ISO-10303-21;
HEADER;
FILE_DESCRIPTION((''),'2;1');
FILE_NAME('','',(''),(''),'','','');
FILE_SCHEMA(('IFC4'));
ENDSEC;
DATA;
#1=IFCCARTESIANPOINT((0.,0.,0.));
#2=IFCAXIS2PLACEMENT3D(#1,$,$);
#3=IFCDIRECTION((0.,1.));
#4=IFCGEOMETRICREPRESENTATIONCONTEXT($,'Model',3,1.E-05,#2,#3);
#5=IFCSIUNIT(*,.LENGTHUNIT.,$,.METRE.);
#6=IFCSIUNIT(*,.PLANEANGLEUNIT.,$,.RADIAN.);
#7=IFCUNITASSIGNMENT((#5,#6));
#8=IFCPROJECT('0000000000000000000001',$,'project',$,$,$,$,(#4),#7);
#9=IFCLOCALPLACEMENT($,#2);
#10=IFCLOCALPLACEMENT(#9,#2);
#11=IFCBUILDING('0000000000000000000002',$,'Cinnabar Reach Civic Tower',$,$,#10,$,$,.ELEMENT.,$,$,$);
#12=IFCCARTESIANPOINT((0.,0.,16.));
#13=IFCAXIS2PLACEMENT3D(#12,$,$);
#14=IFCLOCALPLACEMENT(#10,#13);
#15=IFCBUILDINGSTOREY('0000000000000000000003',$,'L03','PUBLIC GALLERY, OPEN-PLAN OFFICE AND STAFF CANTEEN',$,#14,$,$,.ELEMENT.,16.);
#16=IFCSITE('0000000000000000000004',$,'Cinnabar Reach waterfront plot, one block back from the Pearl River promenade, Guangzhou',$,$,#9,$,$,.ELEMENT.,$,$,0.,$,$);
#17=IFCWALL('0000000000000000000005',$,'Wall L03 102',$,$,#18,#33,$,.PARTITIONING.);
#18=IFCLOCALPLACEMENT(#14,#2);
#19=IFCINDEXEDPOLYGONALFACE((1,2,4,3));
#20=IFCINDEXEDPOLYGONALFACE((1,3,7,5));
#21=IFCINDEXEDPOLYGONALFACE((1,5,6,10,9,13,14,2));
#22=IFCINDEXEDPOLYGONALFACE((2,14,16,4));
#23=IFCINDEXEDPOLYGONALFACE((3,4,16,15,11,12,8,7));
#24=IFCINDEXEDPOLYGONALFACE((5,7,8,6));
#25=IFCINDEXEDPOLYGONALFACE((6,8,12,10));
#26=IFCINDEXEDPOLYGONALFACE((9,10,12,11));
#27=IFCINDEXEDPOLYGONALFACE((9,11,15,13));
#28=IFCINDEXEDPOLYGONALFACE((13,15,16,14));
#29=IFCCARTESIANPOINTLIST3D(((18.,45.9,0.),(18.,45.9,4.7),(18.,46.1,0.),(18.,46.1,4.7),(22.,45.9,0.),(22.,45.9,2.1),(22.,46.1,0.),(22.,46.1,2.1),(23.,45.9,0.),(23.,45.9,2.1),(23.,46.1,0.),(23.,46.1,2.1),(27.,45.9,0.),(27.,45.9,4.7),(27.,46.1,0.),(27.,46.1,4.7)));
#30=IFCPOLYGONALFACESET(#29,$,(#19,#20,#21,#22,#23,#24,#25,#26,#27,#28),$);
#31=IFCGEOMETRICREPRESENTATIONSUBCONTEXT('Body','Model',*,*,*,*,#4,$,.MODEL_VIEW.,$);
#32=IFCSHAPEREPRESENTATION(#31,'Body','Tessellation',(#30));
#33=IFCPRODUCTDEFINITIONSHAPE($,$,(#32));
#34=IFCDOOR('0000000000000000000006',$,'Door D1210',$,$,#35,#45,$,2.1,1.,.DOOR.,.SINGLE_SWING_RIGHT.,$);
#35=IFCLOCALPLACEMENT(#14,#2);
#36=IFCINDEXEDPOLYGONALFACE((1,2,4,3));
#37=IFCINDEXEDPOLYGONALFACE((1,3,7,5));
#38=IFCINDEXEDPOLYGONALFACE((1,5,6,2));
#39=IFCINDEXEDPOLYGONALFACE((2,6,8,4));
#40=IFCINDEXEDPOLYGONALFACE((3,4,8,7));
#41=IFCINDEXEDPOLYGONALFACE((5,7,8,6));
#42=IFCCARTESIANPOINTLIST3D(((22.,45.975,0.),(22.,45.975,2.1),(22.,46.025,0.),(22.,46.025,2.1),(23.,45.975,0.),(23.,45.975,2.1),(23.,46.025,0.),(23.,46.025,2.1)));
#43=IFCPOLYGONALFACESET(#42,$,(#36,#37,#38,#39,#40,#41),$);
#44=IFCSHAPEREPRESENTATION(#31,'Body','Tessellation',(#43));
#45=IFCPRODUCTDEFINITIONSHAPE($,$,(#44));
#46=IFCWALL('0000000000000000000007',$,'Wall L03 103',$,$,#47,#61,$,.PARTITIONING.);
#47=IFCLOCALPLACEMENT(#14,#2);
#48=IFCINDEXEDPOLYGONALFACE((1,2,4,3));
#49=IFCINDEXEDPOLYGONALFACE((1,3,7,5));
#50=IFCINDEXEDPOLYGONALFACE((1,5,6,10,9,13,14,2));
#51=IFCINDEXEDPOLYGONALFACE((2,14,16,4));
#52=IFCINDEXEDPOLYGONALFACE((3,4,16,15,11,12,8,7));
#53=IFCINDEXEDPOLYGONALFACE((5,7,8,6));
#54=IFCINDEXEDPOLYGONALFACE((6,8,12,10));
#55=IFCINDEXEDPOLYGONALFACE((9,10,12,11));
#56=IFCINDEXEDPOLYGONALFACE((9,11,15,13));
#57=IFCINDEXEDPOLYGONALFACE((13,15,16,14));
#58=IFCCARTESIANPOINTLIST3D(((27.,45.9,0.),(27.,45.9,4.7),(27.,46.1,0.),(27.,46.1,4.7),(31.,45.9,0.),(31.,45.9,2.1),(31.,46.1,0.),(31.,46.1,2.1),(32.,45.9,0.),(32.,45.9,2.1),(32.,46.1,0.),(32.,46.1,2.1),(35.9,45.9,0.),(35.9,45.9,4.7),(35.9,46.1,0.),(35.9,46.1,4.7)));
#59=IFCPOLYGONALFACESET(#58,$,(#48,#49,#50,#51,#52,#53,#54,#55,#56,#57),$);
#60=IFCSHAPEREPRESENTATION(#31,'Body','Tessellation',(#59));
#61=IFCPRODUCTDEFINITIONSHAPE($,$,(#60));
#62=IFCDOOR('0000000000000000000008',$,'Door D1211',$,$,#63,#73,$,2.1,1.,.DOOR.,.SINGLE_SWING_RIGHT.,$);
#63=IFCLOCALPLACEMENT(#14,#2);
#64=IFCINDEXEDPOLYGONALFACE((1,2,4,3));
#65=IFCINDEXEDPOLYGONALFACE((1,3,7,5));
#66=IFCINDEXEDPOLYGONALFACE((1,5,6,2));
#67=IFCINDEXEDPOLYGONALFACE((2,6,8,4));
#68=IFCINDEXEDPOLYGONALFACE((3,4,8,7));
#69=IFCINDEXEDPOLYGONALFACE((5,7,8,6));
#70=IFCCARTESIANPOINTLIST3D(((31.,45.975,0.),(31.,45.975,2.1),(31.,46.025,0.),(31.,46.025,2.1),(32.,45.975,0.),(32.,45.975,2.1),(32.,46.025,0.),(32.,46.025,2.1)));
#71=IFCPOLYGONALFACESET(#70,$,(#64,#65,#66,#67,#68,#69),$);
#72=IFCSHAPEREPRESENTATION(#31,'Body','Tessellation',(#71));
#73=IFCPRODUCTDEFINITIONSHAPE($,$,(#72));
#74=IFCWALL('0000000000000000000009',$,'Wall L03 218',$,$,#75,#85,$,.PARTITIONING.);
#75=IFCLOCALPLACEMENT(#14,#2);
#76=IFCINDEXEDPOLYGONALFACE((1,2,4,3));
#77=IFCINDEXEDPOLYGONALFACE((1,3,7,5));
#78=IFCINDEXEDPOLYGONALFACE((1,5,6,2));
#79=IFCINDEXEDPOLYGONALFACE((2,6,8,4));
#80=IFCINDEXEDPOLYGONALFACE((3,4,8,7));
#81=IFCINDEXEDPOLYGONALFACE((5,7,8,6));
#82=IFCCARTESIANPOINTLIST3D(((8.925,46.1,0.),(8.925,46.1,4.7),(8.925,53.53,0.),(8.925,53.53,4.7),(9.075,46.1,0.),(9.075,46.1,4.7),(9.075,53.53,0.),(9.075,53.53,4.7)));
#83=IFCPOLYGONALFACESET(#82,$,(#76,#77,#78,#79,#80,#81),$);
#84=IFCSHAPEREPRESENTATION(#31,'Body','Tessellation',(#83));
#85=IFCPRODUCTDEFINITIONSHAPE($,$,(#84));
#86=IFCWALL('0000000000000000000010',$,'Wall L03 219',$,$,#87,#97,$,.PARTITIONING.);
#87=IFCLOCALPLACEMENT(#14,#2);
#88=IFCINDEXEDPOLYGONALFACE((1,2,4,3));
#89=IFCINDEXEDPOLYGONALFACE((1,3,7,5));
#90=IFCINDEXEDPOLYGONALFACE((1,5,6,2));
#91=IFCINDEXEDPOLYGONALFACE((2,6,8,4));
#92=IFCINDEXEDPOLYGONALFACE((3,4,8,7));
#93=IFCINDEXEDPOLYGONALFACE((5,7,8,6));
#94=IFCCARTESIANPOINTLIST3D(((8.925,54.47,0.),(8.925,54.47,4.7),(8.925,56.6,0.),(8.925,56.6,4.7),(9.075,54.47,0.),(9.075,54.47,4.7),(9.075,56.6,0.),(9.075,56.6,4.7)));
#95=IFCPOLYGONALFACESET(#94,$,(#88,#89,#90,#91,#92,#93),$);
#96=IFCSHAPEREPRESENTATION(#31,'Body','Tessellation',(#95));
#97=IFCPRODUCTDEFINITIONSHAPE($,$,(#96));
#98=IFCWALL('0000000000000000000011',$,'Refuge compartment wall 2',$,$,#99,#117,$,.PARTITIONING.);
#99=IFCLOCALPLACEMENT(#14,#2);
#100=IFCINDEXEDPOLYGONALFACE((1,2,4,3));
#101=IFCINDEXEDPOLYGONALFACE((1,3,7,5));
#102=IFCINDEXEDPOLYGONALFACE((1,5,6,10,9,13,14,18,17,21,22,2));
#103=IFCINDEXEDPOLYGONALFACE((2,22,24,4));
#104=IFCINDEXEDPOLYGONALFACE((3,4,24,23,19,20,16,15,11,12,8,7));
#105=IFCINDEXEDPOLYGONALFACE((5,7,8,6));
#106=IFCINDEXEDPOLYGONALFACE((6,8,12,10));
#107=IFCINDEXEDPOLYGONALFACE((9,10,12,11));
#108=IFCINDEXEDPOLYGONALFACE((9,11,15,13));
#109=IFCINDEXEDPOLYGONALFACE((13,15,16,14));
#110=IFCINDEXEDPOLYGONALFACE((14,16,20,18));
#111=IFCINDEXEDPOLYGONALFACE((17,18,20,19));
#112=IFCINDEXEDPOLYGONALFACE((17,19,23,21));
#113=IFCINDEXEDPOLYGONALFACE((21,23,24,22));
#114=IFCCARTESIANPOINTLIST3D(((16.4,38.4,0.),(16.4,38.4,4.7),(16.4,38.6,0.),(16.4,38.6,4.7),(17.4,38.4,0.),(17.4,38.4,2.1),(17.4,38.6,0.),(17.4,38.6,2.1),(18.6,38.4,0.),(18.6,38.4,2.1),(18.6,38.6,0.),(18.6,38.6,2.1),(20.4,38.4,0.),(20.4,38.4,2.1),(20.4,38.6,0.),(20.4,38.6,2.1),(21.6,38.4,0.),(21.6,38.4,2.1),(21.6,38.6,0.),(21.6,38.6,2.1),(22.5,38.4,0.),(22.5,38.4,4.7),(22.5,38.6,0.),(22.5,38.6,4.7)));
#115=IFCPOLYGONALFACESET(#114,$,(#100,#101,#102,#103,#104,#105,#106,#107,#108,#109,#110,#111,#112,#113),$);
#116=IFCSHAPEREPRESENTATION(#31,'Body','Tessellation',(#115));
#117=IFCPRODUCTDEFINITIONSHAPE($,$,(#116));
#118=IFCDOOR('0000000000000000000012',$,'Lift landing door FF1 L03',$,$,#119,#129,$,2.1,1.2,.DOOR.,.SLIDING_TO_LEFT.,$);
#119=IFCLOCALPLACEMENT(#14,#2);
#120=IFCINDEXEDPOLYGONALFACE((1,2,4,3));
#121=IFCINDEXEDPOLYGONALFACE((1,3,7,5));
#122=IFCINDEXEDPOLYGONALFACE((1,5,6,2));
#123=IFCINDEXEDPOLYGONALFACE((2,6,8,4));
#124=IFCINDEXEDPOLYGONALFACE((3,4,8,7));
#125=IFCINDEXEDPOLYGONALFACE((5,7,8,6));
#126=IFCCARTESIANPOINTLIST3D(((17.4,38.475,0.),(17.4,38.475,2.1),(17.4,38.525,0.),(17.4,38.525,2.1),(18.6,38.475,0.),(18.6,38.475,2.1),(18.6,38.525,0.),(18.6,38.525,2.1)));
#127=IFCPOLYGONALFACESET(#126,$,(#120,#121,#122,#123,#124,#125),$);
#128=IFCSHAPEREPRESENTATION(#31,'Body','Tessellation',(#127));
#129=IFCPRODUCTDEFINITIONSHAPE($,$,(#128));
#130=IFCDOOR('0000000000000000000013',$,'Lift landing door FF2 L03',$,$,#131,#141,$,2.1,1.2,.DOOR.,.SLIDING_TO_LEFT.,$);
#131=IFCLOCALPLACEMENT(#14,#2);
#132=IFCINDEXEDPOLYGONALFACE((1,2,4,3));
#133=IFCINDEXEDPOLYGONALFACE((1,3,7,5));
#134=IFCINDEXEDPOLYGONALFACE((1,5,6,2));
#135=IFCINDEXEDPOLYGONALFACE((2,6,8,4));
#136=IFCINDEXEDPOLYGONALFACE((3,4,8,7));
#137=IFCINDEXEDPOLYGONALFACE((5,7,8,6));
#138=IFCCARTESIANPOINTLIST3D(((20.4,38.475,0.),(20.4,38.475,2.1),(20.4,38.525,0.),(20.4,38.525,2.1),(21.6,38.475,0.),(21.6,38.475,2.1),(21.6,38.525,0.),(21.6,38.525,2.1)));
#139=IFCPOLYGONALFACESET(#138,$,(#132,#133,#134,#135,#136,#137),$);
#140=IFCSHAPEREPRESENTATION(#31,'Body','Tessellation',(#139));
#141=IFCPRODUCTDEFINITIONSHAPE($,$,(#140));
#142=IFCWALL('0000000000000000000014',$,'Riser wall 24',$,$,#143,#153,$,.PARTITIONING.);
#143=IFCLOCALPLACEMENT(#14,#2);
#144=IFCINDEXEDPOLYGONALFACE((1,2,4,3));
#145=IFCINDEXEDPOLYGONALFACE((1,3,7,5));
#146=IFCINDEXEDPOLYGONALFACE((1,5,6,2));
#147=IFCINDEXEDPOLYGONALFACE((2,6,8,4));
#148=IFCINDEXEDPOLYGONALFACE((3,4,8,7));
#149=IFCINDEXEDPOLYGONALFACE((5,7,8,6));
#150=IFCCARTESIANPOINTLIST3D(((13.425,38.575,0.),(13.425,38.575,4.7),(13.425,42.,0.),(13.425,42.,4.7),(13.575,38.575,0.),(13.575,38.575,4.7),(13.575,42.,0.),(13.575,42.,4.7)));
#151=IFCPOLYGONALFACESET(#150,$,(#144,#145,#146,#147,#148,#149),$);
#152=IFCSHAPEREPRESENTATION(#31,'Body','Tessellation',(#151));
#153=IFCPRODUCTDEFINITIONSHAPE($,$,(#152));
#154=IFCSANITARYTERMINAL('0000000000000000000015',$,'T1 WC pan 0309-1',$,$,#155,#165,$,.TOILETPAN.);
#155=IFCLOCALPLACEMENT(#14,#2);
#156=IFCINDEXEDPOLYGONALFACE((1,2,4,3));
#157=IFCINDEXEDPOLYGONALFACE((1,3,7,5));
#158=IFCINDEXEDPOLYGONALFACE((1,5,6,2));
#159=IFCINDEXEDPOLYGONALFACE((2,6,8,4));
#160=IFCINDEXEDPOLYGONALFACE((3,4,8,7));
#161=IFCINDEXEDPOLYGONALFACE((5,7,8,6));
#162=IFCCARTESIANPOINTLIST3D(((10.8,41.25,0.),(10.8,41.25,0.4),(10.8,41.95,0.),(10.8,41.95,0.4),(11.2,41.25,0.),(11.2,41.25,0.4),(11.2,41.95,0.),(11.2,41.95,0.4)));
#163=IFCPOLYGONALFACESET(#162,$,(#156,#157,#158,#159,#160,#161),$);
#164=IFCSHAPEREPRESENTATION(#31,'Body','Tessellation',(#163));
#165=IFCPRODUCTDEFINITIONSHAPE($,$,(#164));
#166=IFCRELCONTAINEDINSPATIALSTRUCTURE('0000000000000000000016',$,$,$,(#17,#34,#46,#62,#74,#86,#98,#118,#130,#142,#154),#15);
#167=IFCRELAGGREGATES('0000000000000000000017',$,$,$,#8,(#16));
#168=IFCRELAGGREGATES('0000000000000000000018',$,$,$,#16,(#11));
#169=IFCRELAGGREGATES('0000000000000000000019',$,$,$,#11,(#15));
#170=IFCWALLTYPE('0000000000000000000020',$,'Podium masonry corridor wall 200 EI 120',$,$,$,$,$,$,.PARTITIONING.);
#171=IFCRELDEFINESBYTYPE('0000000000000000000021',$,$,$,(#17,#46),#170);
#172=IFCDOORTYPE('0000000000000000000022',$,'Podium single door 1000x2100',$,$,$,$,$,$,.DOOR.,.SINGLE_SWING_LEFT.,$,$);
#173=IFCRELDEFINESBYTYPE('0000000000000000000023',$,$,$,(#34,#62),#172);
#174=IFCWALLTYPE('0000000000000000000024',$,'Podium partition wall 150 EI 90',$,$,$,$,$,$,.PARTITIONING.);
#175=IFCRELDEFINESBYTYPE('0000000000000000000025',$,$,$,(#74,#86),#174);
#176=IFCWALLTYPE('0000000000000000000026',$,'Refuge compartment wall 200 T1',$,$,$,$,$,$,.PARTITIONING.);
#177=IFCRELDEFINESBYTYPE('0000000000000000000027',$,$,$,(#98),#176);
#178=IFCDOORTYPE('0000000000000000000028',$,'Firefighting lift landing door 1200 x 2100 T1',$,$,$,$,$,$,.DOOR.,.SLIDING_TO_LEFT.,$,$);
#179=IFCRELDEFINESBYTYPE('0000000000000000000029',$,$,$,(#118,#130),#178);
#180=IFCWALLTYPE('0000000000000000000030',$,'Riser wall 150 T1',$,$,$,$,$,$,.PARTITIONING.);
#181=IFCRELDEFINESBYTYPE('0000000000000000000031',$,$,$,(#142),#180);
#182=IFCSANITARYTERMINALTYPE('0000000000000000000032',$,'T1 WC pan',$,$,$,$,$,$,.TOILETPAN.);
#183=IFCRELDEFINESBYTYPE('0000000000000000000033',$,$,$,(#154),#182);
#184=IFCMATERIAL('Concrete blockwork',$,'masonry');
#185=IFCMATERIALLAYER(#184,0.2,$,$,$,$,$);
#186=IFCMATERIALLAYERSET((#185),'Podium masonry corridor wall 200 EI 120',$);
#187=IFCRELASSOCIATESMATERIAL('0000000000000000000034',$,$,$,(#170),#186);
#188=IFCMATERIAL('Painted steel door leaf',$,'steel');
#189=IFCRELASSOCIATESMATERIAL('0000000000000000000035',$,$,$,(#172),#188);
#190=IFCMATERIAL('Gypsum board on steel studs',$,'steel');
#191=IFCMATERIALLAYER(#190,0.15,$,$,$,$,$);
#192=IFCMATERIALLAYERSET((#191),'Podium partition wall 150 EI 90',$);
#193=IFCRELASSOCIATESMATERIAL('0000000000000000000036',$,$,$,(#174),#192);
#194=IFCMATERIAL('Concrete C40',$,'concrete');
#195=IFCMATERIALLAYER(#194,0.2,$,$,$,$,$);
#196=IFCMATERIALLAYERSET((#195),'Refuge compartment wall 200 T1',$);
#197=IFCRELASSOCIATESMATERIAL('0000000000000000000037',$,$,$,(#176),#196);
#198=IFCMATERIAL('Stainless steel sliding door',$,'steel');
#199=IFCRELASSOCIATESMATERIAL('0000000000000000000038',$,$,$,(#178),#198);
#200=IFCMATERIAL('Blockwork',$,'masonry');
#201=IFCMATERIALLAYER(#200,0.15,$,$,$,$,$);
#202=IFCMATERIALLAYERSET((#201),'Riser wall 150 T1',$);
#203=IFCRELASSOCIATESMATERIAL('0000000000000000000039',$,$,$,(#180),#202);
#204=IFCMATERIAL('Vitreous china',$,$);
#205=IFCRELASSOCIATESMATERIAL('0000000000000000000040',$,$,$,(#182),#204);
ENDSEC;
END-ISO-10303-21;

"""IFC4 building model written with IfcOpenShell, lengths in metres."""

from ifc_helpers import new_model, si_unit, direction, frame, frame_2d, origin, origin_2d, place, context, subcontext, project, spatial, rectangle, extrude, material, layer, layer_set, type_object, element, fill, save


model = new_model("IFC4")

# Units and contexts
model_context = context("Model", 3, precision=1e-05, world=origin(), true_north=direction((0.0, 1.0)))
body_context = subcontext(model_context, "Body", "Model", "MODEL_VIEW")
ifc_project = project(units=[si_unit("LENGTHUNIT", "METRE"), si_unit("PLANEANGLEUNIT", "RADIAN")], contexts=[model_context])

# Site, building, storey
site_placement = place(None, origin())
site = spatial("IfcSite", under=ifc_project, at=site_placement, Name="Cinnabar Reach waterfront plot, one block back from the Pearl River promenade, Guangzhou", CompositionType="ELEMENT", RefElevation=0.0)
building_placement = place(site_placement, origin())
building = spatial("IfcBuilding", under=site, at=building_placement, Name="Cinnabar Reach Civic Tower", CompositionType="ELEMENT")
storey_placement = place(building_placement, frame((0.0, 0.0, 16.0)))
storey = spatial("IfcBuildingStorey", under=building, at=storey_placement, Name="L03", Description="PUBLIC GALLERY, OPEN-PLAN OFFICE AND STAFF CANTEEN", CompositionType="ELEMENT", Elevation=16.0)

# Shared definitions
ifc_material_1 = material(Name="Blockwork", Category="masonry")
ifc_material_2 = material(Name="Gypsum board on steel studs", Category="steel")
ifc_material_3 = material(Name="Concrete blockwork", Category="masonry")
ifc_layer_1 = layer(ifc_material_3, 0.2)
ifc_layer_set_1 = layer_set([ifc_layer_1], Name="Podium masonry corridor wall 200 EI 120")
wall_type_1 = type_object("IfcWallType", Name="Podium masonry corridor wall 200 EI 120", PredefinedType="PARTITIONING", material=ifc_layer_set_1)

# Walls, openings, doors
ifc_material_4 = material(Name="Painted steel door leaf", Category="steel")
door_type_1 = type_object("IfcDoorType", Name="Podium single door 1000x2100", OperationType="SINGLE_SWING_LEFT", PredefinedType="DOOR", material=ifc_material_4)
wall_1_placement = place(storey_placement, frame((18.0, 46.0, 0.0), z_axis=(0.0, 0.0, 1.0), x_axis=(1.0, 0.0, 0.0)))
wall_1 = element("IfcWall", 1, at=wall_1_placement, inside=storey, type_object=wall_type_1, Name="Wall L03 102", PredefinedType="PARTITIONING", context=body_context, shape_type="SweptSolid", body=[
    extrude(rectangle(XDim=9.0, YDim=0.2, at=frame_2d((4.5, 0.0))), origin(), (0.0, 0.0, 1.0), 4.7),
])
opening_1_placement = place(wall_1_placement, frame((4.0, 0.0, 0.0)))
opening_1 = element("IfcOpeningElement", 2, at=opening_1_placement, cuts=wall_1, PredefinedType="OPENING", context=body_context, shape_type="SweptSolid", body=[
    extrude(rectangle(XDim=1.0, YDim=2.1, at=frame_2d((0.5, 1.05))), frame((0.0, 0.11, 0.0), z_axis=(0.0, -1.0, 0.0), x_axis=(1.0, 0.0, 0.0)), (0.0, 0.0, 1.0), 0.22),
])
door_1_placement = place(opening_1_placement, frame((1.0, 0.0, 0.0), z_axis=(0.0, 0.0, 1.0), x_axis=(-1.0, 0.0, 0.0)))
door_1 = element("IfcDoor", 3, at=door_1_placement, inside=storey, type_object=door_type_1, Name="Door D1210", OperationType="SINGLE_SWING_RIGHT", OverallHeight=2.1, OverallWidth=1.0, PredefinedType="DOOR", context=body_context, shape_type="SweptSolid", body=[
    extrude(rectangle(XDim=1.0, YDim=2.1, at=frame_2d((0.5, 1.05))), frame((0.0, 0.025, 0.0), z_axis=(0.0, -1.0, 0.0), x_axis=(1.0, 0.0, 0.0)), (0.0, 0.0, 1.0), 0.05),
])
fill(opening_1, door_1)
wall_2_placement = place(storey_placement, frame((27.0, 46.0, 0.0), z_axis=(0.0, 0.0, 1.0), x_axis=(1.0, 0.0, 0.0)))
wall_2 = element("IfcWall", 4, at=wall_2_placement, inside=storey, type_object=wall_type_1, Name="Wall L03 103", PredefinedType="PARTITIONING", context=body_context, shape_type="SweptSolid", body=[
    extrude(rectangle(XDim=8.9, YDim=0.2, at=frame_2d((4.45, 0.0))), origin(), (0.0, 0.0, 1.0), 4.7),
])
opening_2_placement = place(wall_2_placement, frame((4.0, 0.0, 0.0)))
opening_2 = element("IfcOpeningElement", 5, at=opening_2_placement, cuts=wall_2, PredefinedType="OPENING", context=body_context, shape_type="SweptSolid", body=[
    extrude(rectangle(XDim=1.0, YDim=2.1, at=frame_2d((0.5, 1.05))), frame((0.0, 0.11, 0.0), z_axis=(0.0, -1.0, 0.0), x_axis=(1.0, 0.0, 0.0)), (0.0, 0.0, 1.0), 0.22),
])
door_2_placement = place(opening_2_placement, frame((1.0, 0.0, 0.0), z_axis=(0.0, 0.0, 1.0), x_axis=(-1.0, 0.0, 0.0)))
door_2 = element("IfcDoor", 6, at=door_2_placement, inside=storey, type_object=door_type_1, Name="Door D1211", OperationType="SINGLE_SWING_RIGHT", OverallHeight=2.1, OverallWidth=1.0, PredefinedType="DOOR", context=body_context, shape_type="SweptSolid", body=[
    extrude(rectangle(XDim=1.0, YDim=2.1, at=frame_2d((0.5, 1.05))), frame((0.0, 0.025, 0.0), z_axis=(0.0, -1.0, 0.0), x_axis=(1.0, 0.0, 0.0)), (0.0, 0.0, 1.0), 0.05),
])
fill(opening_2, door_2)

# Walls
ifc_layer_2 = layer(ifc_material_2, 0.15)
ifc_layer_set_2 = layer_set([ifc_layer_2], Name="Podium partition wall 150 EI 90")
wall_type_2 = type_object("IfcWallType", Name="Podium partition wall 150 EI 90", PredefinedType="PARTITIONING", material=ifc_layer_set_2)
wall_3_placement = place(storey_placement, frame((9.0, 46.1, 0.0), z_axis=(0.0, 0.0, 1.0), x_axis=(0.0, 1.0, 0.0)))
element("IfcWall", 7, at=wall_3_placement, inside=storey, type_object=wall_type_2, Name="Wall L03 218", PredefinedType="PARTITIONING", context=body_context, shape_type="SweptSolid", body=[
    extrude(rectangle(XDim=7.43, YDim=0.15, at=frame_2d((3.715, 0.0))), origin(), (0.0, 0.0, 1.0), 4.7),
])
wall_4_placement = place(storey_placement, frame((9.0, 54.47, 0.0), z_axis=(0.0, 0.0, 1.0), x_axis=(0.0, 1.0, 0.0)))
element("IfcWall", 8, at=wall_4_placement, inside=storey, type_object=wall_type_2, Name="Wall L03 219", PredefinedType="PARTITIONING", context=body_context, shape_type="SweptSolid", body=[
    extrude(rectangle(XDim=2.13, YDim=0.15, at=frame_2d((1.065, 0.0))), origin(), (0.0, 0.0, 1.0), 4.7),
])

# Wall, openings, doors
ifc_material_5 = material(Name="Concrete C40", Category="concrete")
ifc_layer_3 = layer(ifc_material_5, 0.2)
ifc_layer_set_3 = layer_set([ifc_layer_3], Name="Refuge compartment wall 200 T1")
wall_type_3 = type_object("IfcWallType", Name="Refuge compartment wall 200 T1", PredefinedType="PARTITIONING", material=ifc_layer_set_3)
wall_5_placement = place(storey_placement, frame((16.4, 38.5, 0.0), z_axis=(0.0, 0.0, 1.0), x_axis=(1.0, 0.0, 0.0)))
wall_5 = element("IfcWall", 9, at=wall_5_placement, inside=storey, type_object=wall_type_3, Name="Refuge compartment wall 2", PredefinedType="PARTITIONING", context=body_context, shape_type="SweptSolid", body=[
    extrude(rectangle(XDim=6.1, YDim=0.2, at=frame_2d((3.05, 0.0))), origin(), (0.0, 0.0, 1.0), 4.7),
])
opening_3_placement = place(wall_5_placement, frame((1.0, 0.0, 0.0)))
opening_3 = element("IfcOpeningElement", 10, at=opening_3_placement, cuts=wall_5, PredefinedType="OPENING", context=body_context, shape_type="SweptSolid", body=[
    extrude(rectangle(XDim=1.2, YDim=2.1, at=frame_2d((0.6, 1.05))), frame((0.0, 0.11, 0.0), z_axis=(0.0, -1.0, 0.0), x_axis=(1.0, 0.0, 0.0)), (0.0, 0.0, 1.0), 0.22),
])
opening_4_placement = place(wall_5_placement, frame((4.0, 0.0, 0.0)))
opening_4 = element("IfcOpeningElement", 11, at=opening_4_placement, cuts=wall_5, PredefinedType="OPENING", context=body_context, shape_type="SweptSolid", body=[
    extrude(rectangle(XDim=1.2, YDim=2.1, at=frame_2d((0.6, 1.05))), frame((0.0, 0.11, 0.0), z_axis=(0.0, -1.0, 0.0), x_axis=(1.0, 0.0, 0.0)), (0.0, 0.0, 1.0), 0.22),
])
ifc_material_6 = material(Name="Stainless steel sliding door", Category="steel")
door_type_2 = type_object("IfcDoorType", Name="Firefighting lift landing door 1200 x 2100 T1", OperationType="SLIDING_TO_LEFT", PredefinedType="DOOR", material=ifc_material_6)
door_3_placement = place(opening_3_placement, origin())
door_3 = element("IfcDoor", 12, at=door_3_placement, inside=storey, type_object=door_type_2, Name="Lift landing door FF1 L03", OperationType="SLIDING_TO_LEFT", OverallHeight=2.1, OverallWidth=1.2, PredefinedType="DOOR", context=body_context, shape_type="SweptSolid", body=[
    extrude(rectangle(XDim=1.2, YDim=2.1, at=frame_2d((0.6, 1.05))), frame((0.0, 0.025, 0.0), z_axis=(0.0, -1.0, 0.0), x_axis=(1.0, 0.0, 0.0)), (0.0, 0.0, 1.0), 0.05),
])
fill(opening_3, door_3)
door_4_placement = place(opening_4_placement, origin())
door_4 = element("IfcDoor", 13, at=door_4_placement, inside=storey, type_object=door_type_2, Name="Lift landing door FF2 L03", OperationType="SLIDING_TO_LEFT", OverallHeight=2.1, OverallWidth=1.2, PredefinedType="DOOR", context=body_context, shape_type="SweptSolid", body=[
    extrude(rectangle(XDim=1.2, YDim=2.1, at=frame_2d((0.6, 1.05))), frame((0.0, 0.025, 0.0), z_axis=(0.0, -1.0, 0.0), x_axis=(1.0, 0.0, 0.0)), (0.0, 0.0, 1.0), 0.05),
])
fill(opening_4, door_4)

# Wall
ifc_layer_4 = layer(ifc_material_1, 0.15)
ifc_layer_set_4 = layer_set([ifc_layer_4], Name="Riser wall 150 T1")
wall_type_4 = type_object("IfcWallType", Name="Riser wall 150 T1", PredefinedType="PARTITIONING", material=ifc_layer_set_4)
wall_6_placement = place(storey_placement, frame((13.5, 38.575, 0.0), z_axis=(0.0, 0.0, 1.0), x_axis=(0.0, 1.0, 0.0)))
element("IfcWall", 14, at=wall_6_placement, inside=storey, type_object=wall_type_4, Name="Riser wall 24", PredefinedType="PARTITIONING", context=body_context, shape_type="SweptSolid", body=[
    extrude(rectangle(XDim=3.425, YDim=0.15, at=frame_2d((1.7125, 0.0))), origin(), (0.0, 0.0, 1.0), 4.7),
])

# Sanitary terminal
ifc_material_7 = material(Name="Vitreous china")
sanitary_terminal_type_1 = type_object("IfcSanitaryTerminalType", Name="T1 WC pan", PredefinedType="TOILETPAN", material=ifc_material_7)
for number, where, z_axis, x_axis, name in (
    (15, (11.0, 41.6, 0.0), (0.0, 0.0, 1.0), (1.0, 0.0, 0.0), "T1 WC pan 0309-1"),
):
    element("IfcSanitaryTerminal", number, at=place(storey_placement, frame(where, z_axis=z_axis, x_axis=x_axis)), inside=storey, type_object=sanitary_terminal_type_1, Name=name, PredefinedType="TOILETPAN", context=body_context, shape_type="SweptSolid", body=[
        extrude(rectangle(XDim=0.4, YDim=0.7, at=origin_2d()), origin(), (0.0, 0.0, 1.0), 0.4),
    ])

save(model, "model.ifc")
